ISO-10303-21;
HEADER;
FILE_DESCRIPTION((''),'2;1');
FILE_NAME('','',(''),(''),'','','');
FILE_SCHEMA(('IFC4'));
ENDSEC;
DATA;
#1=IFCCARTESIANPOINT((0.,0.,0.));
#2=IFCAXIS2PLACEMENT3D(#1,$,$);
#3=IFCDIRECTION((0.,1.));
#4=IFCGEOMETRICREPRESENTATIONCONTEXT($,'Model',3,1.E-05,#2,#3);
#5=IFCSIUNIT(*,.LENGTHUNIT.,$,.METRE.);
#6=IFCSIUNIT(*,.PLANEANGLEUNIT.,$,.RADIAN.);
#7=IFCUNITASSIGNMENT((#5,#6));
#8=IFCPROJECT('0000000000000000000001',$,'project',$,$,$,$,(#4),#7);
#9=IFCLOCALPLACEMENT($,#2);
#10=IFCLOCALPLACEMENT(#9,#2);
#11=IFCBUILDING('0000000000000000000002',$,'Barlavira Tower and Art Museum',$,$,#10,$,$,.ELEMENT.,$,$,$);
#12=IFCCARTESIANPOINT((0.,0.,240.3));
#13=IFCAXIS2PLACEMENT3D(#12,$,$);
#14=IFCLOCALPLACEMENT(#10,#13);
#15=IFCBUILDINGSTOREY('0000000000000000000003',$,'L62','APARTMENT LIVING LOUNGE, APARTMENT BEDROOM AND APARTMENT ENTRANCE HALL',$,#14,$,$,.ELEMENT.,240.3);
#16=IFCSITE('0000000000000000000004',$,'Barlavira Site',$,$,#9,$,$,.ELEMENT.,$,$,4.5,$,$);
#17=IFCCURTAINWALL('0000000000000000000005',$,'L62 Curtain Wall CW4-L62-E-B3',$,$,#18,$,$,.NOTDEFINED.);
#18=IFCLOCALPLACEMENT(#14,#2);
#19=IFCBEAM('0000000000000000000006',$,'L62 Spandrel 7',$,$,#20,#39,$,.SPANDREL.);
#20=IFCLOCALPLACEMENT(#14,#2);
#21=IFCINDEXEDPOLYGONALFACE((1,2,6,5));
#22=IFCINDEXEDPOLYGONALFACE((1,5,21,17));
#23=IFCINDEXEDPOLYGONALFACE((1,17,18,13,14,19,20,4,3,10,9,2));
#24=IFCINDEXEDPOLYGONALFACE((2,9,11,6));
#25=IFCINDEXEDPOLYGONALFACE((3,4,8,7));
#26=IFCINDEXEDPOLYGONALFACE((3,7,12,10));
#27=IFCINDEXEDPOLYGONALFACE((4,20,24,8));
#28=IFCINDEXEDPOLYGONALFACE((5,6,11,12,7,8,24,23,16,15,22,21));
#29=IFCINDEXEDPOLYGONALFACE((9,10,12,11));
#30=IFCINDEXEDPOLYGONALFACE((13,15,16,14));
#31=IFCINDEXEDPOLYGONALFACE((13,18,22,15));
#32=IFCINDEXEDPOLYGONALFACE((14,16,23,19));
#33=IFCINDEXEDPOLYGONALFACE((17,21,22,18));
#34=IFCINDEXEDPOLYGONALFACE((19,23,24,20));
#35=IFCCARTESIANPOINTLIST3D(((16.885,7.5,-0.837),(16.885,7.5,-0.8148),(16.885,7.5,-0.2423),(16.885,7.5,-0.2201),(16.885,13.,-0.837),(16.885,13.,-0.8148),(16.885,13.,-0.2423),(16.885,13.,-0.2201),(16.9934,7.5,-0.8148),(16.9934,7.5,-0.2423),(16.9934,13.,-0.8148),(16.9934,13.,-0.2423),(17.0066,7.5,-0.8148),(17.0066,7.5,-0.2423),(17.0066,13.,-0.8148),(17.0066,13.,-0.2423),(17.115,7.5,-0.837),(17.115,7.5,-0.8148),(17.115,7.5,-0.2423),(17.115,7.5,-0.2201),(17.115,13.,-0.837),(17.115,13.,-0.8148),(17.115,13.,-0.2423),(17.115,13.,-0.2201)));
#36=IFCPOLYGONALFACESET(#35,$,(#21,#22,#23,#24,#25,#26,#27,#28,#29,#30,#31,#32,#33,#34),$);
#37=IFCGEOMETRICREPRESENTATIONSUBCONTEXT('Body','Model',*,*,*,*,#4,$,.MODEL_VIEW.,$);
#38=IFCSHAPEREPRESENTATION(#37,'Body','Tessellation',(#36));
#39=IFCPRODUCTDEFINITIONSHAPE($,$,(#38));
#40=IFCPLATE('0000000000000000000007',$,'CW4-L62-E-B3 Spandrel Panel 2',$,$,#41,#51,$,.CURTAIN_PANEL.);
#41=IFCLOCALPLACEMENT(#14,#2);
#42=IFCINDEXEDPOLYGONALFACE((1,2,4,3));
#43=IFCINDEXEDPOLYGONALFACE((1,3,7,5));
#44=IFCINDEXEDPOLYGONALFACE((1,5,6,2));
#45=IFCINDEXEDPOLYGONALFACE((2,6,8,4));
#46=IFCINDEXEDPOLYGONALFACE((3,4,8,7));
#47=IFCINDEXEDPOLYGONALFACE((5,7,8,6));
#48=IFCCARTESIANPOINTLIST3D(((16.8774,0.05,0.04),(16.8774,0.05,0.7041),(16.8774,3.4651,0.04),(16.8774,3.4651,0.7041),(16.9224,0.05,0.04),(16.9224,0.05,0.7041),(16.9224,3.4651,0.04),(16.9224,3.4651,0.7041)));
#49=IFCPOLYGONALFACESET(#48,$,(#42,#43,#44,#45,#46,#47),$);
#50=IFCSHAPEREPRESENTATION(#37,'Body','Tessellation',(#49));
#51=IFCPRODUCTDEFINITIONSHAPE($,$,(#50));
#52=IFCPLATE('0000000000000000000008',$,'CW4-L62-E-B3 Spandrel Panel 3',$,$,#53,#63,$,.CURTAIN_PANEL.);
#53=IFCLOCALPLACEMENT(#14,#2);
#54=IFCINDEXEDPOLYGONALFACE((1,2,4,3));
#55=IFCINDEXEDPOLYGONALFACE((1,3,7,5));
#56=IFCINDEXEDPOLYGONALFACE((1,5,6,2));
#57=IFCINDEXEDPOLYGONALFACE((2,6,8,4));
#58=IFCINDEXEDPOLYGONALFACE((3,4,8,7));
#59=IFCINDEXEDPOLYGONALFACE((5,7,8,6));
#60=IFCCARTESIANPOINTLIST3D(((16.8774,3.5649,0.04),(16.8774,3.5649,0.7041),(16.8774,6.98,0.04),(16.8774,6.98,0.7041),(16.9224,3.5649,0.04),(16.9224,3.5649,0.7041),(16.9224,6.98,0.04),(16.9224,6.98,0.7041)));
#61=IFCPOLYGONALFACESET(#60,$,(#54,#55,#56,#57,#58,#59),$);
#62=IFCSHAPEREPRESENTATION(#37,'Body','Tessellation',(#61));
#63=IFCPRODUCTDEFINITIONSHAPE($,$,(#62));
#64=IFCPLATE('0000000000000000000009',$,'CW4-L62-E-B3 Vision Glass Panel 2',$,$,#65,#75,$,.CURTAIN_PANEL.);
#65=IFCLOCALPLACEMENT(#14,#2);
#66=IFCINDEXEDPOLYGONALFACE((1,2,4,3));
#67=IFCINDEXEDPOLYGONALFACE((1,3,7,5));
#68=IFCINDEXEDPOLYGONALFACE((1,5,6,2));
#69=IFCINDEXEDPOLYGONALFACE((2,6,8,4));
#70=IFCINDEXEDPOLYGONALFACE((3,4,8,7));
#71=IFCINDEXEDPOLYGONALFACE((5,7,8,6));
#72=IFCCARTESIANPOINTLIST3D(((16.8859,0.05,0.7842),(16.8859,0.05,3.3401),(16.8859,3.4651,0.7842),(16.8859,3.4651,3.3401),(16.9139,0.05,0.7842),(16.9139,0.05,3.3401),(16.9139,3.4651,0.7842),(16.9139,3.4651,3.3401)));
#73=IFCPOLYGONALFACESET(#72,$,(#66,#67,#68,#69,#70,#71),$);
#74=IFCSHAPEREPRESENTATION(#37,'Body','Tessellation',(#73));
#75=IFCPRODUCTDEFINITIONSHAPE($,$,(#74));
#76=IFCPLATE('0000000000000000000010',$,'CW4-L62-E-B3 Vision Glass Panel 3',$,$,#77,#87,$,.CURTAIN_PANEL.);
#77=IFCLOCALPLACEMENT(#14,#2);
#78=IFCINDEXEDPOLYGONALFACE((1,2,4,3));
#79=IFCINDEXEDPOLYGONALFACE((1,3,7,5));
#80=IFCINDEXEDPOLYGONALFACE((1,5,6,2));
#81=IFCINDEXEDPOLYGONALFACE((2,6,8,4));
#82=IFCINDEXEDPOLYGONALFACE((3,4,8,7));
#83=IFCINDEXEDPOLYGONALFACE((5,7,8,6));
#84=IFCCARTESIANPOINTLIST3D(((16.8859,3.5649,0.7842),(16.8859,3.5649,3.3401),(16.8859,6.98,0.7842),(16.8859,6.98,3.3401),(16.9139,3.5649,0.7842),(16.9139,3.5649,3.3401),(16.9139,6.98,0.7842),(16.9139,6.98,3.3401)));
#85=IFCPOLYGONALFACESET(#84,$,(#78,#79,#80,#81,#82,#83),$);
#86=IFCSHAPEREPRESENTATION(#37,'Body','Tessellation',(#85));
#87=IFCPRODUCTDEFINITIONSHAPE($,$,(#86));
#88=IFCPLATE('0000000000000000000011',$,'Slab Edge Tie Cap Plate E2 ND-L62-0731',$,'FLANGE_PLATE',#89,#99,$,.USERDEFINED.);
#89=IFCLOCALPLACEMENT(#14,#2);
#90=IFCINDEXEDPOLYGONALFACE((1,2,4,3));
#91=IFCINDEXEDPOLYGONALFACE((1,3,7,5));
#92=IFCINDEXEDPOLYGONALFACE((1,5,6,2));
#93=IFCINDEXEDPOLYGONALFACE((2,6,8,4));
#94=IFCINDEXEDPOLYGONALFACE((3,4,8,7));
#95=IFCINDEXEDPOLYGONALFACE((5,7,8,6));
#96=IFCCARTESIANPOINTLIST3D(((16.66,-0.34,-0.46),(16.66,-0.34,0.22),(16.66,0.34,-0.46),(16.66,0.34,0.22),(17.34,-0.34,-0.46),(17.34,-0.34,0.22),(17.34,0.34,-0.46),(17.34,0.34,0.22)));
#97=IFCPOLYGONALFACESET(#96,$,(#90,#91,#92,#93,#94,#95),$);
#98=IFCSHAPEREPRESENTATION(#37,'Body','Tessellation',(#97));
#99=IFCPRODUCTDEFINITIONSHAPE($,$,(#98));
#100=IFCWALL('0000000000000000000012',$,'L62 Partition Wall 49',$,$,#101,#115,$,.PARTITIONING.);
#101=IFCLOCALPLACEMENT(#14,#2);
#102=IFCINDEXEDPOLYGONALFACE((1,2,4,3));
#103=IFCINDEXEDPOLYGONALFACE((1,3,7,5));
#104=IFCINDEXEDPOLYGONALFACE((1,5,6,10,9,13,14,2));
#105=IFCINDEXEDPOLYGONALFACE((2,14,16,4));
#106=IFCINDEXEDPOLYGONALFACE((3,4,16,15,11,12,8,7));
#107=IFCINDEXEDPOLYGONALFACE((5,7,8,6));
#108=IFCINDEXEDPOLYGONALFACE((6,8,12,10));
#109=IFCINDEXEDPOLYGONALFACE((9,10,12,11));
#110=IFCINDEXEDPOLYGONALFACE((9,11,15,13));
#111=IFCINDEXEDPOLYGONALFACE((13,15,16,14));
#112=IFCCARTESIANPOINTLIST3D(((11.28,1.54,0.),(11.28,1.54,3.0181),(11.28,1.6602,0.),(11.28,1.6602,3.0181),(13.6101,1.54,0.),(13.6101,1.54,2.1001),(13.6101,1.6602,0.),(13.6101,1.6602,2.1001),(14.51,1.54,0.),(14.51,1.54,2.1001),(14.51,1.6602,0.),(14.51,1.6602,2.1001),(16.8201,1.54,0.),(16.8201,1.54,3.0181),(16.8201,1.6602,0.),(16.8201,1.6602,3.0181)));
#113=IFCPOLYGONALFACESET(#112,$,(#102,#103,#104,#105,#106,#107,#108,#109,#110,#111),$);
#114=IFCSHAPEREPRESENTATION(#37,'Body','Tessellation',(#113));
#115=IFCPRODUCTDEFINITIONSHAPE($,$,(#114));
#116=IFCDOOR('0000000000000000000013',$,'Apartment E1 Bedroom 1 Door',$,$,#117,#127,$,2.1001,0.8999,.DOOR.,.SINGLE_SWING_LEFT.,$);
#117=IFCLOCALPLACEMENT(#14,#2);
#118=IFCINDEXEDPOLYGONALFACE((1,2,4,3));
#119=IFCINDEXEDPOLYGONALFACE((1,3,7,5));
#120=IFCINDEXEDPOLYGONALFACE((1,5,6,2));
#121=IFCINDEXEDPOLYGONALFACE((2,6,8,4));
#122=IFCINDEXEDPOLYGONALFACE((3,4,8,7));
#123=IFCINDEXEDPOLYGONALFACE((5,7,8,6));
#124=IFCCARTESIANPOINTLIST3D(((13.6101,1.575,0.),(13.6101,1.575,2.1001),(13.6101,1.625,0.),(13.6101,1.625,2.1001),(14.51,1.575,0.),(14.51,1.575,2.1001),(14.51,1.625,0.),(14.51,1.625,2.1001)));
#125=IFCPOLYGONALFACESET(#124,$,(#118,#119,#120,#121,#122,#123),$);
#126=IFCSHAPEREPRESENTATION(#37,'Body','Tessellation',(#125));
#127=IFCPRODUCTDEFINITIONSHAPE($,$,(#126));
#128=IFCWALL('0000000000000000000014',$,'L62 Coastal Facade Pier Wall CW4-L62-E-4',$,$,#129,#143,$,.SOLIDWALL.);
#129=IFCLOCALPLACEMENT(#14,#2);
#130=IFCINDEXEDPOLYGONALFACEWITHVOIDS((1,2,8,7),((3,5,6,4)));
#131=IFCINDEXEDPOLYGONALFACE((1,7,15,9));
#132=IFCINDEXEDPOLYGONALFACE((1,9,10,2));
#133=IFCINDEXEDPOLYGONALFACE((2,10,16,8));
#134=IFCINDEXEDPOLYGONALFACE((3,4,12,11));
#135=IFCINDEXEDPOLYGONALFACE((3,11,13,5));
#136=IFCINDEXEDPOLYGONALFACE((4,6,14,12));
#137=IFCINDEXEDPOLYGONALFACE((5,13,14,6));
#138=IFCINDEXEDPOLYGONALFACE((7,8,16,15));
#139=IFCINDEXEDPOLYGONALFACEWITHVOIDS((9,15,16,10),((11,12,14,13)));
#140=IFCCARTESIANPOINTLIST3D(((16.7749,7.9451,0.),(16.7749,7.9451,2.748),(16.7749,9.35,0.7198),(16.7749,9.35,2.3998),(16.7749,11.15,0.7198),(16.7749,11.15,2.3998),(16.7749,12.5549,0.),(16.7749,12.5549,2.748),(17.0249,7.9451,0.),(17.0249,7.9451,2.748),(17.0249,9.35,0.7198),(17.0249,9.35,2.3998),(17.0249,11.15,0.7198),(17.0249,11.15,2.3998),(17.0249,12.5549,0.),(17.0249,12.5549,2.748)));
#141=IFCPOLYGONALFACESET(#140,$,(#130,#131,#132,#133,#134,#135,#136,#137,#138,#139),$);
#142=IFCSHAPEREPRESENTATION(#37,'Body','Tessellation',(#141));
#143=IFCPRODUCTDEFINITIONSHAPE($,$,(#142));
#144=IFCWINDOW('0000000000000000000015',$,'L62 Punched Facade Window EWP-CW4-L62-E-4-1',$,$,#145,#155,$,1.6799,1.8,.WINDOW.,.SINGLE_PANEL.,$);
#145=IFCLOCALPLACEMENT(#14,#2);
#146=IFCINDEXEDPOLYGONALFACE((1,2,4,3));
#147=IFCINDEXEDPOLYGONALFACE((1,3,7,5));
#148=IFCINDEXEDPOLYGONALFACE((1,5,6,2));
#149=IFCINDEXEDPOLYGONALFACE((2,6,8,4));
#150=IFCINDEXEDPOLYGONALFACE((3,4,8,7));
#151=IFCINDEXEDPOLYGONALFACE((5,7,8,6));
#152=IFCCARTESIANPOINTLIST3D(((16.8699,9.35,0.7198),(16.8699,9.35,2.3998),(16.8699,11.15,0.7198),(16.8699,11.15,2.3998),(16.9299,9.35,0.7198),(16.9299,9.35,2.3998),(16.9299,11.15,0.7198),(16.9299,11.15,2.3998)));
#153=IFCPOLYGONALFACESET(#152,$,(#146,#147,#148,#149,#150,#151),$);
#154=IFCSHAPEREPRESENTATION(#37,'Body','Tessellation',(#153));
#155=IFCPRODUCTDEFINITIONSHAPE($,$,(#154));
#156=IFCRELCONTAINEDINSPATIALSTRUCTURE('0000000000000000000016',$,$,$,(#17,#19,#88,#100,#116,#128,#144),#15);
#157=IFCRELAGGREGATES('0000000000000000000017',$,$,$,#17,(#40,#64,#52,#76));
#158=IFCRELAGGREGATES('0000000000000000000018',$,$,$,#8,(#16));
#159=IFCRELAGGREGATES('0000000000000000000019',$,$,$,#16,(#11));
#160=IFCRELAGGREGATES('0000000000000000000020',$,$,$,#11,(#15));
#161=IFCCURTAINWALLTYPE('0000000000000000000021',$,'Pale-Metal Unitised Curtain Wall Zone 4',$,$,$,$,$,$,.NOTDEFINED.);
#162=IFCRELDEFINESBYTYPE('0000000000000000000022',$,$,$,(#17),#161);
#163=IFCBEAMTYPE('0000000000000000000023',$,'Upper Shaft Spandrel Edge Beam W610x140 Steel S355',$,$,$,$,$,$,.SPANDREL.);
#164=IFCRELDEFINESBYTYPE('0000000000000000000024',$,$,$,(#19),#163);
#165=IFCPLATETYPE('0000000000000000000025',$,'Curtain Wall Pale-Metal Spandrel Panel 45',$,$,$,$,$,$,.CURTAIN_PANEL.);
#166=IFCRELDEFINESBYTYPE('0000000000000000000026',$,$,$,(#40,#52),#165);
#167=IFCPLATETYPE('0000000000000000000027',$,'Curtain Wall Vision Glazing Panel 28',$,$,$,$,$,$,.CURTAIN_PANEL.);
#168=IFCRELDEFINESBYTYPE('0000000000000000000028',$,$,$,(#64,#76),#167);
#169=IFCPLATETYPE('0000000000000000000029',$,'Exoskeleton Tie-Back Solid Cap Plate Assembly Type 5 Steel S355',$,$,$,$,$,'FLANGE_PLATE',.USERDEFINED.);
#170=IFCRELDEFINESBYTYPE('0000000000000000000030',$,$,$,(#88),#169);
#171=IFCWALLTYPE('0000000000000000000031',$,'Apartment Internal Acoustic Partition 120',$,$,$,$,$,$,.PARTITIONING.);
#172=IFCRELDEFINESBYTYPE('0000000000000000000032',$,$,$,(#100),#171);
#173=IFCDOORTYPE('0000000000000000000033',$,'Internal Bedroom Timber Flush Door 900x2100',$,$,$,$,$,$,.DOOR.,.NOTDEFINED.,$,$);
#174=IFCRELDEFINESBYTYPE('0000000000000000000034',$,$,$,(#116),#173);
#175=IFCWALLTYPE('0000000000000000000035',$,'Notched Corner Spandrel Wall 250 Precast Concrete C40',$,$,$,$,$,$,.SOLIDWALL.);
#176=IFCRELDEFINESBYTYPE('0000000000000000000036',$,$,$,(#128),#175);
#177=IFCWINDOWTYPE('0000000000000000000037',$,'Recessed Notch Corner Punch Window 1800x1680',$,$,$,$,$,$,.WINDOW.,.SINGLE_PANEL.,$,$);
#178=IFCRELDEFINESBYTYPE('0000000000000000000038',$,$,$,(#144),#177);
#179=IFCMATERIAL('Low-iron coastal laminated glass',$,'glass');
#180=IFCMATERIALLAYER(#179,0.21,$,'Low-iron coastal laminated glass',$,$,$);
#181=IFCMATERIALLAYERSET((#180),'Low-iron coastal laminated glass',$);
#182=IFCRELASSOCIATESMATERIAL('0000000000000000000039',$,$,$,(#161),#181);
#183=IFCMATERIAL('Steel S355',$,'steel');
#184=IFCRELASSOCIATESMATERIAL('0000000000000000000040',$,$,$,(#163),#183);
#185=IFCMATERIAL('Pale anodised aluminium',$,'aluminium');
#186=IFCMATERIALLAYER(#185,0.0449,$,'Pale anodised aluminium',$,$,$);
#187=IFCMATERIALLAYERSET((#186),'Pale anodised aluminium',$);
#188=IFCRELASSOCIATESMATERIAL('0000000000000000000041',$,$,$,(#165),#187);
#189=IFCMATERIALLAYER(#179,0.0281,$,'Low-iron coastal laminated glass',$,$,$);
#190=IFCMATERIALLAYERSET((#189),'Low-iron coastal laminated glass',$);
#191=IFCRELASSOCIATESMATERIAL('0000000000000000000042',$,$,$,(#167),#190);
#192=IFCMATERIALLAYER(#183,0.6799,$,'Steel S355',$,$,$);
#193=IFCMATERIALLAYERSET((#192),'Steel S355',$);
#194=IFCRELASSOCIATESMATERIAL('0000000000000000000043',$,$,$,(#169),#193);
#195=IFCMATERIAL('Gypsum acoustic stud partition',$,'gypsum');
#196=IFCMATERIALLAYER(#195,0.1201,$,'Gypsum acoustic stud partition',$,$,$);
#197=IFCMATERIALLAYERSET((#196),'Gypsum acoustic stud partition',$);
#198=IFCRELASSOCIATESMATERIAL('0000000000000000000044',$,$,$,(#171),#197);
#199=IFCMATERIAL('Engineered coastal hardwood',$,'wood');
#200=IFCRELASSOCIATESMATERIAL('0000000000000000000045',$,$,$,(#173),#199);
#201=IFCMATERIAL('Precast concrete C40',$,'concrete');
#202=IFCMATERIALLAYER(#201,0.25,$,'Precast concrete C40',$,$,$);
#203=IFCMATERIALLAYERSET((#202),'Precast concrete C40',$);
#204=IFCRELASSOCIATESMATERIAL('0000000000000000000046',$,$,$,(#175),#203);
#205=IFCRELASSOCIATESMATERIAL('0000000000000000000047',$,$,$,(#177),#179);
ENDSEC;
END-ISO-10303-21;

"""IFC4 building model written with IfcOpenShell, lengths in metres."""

from ifc_helpers import new_model, si_unit, direction, frame, frame_2d, origin, origin_2d, place, context, subcontext, project, spatial, rectangle, i_section, extrude, material, layer, layer_set, material_profile, profile_set, type_object, element, fill, aggregate, save


model = new_model("IFC4")

# Units and contexts
model_context = context("Model", 3, precision=1e-05, world=origin(), true_north=direction((0.0, 1.0)))
body_context = subcontext(model_context, "Body", "Model", "MODEL_VIEW")
ifc_project = project(units=[si_unit("LENGTHUNIT", "METRE"), si_unit("PLANEANGLEUNIT", "RADIAN")], contexts=[model_context])

# Site, building, storey
site_placement = place(None, origin())
site = spatial("IfcSite", under=ifc_project, at=site_placement, Name="Barlavira Site", CompositionType="ELEMENT", RefElevation=4.5)
building_placement = place(site_placement, origin())
building = spatial("IfcBuilding", under=site, at=building_placement, Name="Barlavira Tower and Art Museum", CompositionType="ELEMENT")
storey_placement = place(building_placement, frame((0.0, 0.0, 240.3)))
storey = spatial("IfcBuildingStorey", under=building, at=storey_placement, Name="L62", Description="APARTMENT LIVING LOUNGE, APARTMENT BEDROOM AND APARTMENT ENTRANCE HALL", CompositionType="ELEMENT", Elevation=240.3)

# Curtain wall
ifc_material_1 = material(Name="Low-iron coastal laminated glass", Category="glass")
ifc_layer_1 = layer(ifc_material_1, 0.21, Name="Low-iron coastal laminated glass")
ifc_layer_set_1 = layer_set([ifc_layer_1], Name="Low-iron coastal laminated glass")
curtain_wall_type = type_object("IfcCurtainWallType", Name="Pale-Metal Unitised Curtain Wall Zone 4", PredefinedType="NOTDEFINED", material=ifc_layer_set_1)
curtain_wall_placement = place(storey_placement, origin())
curtain_wall = element("IfcCurtainWall", 1, at=curtain_wall_placement, inside=storey, type_object=curtain_wall_type, Name="L62 Curtain Wall CW4-L62-E-B3", PredefinedType="NOTDEFINED")
ifc_material_2 = material(Name="Pale anodised aluminium", Category="aluminium")

# Shared definitions
ifc_material_3 = material(Name="Steel S355", Category="steel")

# Beam
ifc_material_profile_1 = material_profile(ifc_material_3, i_section(OverallWidth=0.23, OverallDepth=0.6169, WebThickness=0.0132, FlangeThickness=0.0222, at=origin_2d()), Name="W610x140.0")
ifc_profile_set_1 = profile_set([ifc_material_profile_1], Name="Steel S355")
beam_type = type_object("IfcBeamType", Name="Upper Shaft Spandrel Edge Beam W610x140 Steel S355", PredefinedType="SPANDREL", material=ifc_profile_set_1)
beam_placement = place(storey_placement, frame((17.0, 7.5, -0.5286), z_axis=(0.0, 1.0, 0.0), x_axis=(-1.0, 0.0, 0.0)))
element("IfcBeam", 2, at=beam_placement, inside=storey, type_object=beam_type, Name="L62 Spandrel 7", PredefinedType="SPANDREL", context=body_context, shape_type="SweptSolid", body=[
    extrude(i_section(OverallWidth=0.23, OverallDepth=0.6169, WebThickness=0.0132, FlangeThickness=0.0222, at=origin_2d()), origin(), (0.0, 0.0, 1.0), 5.5),
])

# Plates
ifc_layer_2 = layer(ifc_material_2, 0.0449, Name="Pale anodised aluminium")
ifc_layer_set_2 = layer_set([ifc_layer_2], Name="Pale anodised aluminium")
plate_type_1 = type_object("IfcPlateType", Name="Curtain Wall Pale-Metal Spandrel Panel 45", PredefinedType="CURTAIN_PANEL", material=ifc_layer_set_2)
plate_1_placement = place(storey_placement, frame((16.8999, 1.7576, 0.04), z_axis=(0.0, 0.0, 1.0), x_axis=(0.0, 1.0, 0.0)))
plate_1 = element("IfcPlate", 3, at=plate_1_placement, type_object=plate_type_1, Name="CW4-L62-E-B3 Spandrel Panel 2", PredefinedType="CURTAIN_PANEL", context=body_context, shape_type="SweptSolid", body=[
    extrude(rectangle(XDim=3.415, YDim=0.0449, at=origin_2d()), origin(), (0.0, 0.0, 1.0), 0.6641),
])
plate_2_placement = place(storey_placement, frame((16.8999, 5.2725, 0.04), z_axis=(0.0, 0.0, 1.0), x_axis=(0.0, 1.0, 0.0)))
plate_2 = element("IfcPlate", 4, at=plate_2_placement, type_object=plate_type_1, Name="CW4-L62-E-B3 Spandrel Panel 3", PredefinedType="CURTAIN_PANEL", context=body_context, shape_type="SweptSolid", body=[
    extrude(rectangle(XDim=3.415, YDim=0.0449, at=origin_2d()), origin(), (0.0, 0.0, 1.0), 0.6641),
])
ifc_layer_3 = layer(ifc_material_1, 0.0281, Name="Low-iron coastal laminated glass")
ifc_layer_set_3 = layer_set([ifc_layer_3], Name="Low-iron coastal laminated glass")
plate_type_2 = type_object("IfcPlateType", Name="Curtain Wall Vision Glazing Panel 28", PredefinedType="CURTAIN_PANEL", material=ifc_layer_set_3)
plate_3_placement = place(storey_placement, frame((16.8999, 1.7576, 0.7842), z_axis=(0.0, 0.0, 1.0), x_axis=(0.0, 1.0, 0.0)))
plate_3 = element("IfcPlate", 5, at=plate_3_placement, type_object=plate_type_2, Name="CW4-L62-E-B3 Vision Glass Panel 2", PredefinedType="CURTAIN_PANEL", context=body_context, shape_type="SweptSolid", body=[
    extrude(rectangle(XDim=3.415, YDim=0.0281, at=origin_2d()), origin(), (0.0, 0.0, 1.0), 2.5559),
])
plate_4_placement = place(storey_placement, frame((16.8999, 5.2725, 0.7842), z_axis=(0.0, 0.0, 1.0), x_axis=(0.0, 1.0, 0.0)))
plate_4 = element("IfcPlate", 6, at=plate_4_placement, type_object=plate_type_2, Name="CW4-L62-E-B3 Vision Glass Panel 3", PredefinedType="CURTAIN_PANEL", context=body_context, shape_type="SweptSolid", body=[
    extrude(rectangle(XDim=3.415, YDim=0.0281, at=origin_2d()), origin(), (0.0, 0.0, 1.0), 2.5559),
])
aggregate(curtain_wall, [plate_1, plate_3, plate_2, plate_4])
ifc_layer_4 = layer(ifc_material_3, 0.6799, Name="Steel S355")
ifc_layer_set_4 = layer_set([ifc_layer_4], Name="Steel S355")
plate_type_3 = type_object("IfcPlateType", Name="Exoskeleton Tie-Back Solid Cap Plate Assembly Type 5 Steel S355", ElementType="FLANGE_PLATE", PredefinedType="USERDEFINED", material=ifc_layer_set_4)
plate_5_placement = place(storey_placement, frame((17.0, 0.0, -0.46), z_axis=(0.0, 0.0, 1.0), x_axis=(1.0, 0.0, 0.0)))
element("IfcPlate", 7, at=plate_5_placement, inside=storey, type_object=plate_type_3, Name="Slab Edge Tie Cap Plate E2 ND-L62-0731", ObjectType="FLANGE_PLATE", PredefinedType="USERDEFINED", context=body_context, shape_type="SweptSolid", body=[
    extrude(rectangle(XDim=0.6799, YDim=0.6799, at=origin_2d()), origin(), (0.0, 0.0, 1.0), 0.6799),
])

# Wall, opening, door
ifc_material_4 = material(Name="Gypsum acoustic stud partition", Category="gypsum")
ifc_layer_5 = layer(ifc_material_4, 0.1201, Name="Gypsum acoustic stud partition")
ifc_layer_set_5 = layer_set([ifc_layer_5], Name="Gypsum acoustic stud partition")
wall_type_1 = type_object("IfcWallType", Name="Apartment Internal Acoustic Partition 120", PredefinedType="PARTITIONING", material=ifc_layer_set_5)
wall_1_placement = place(storey_placement, frame((11.28, 1.6001, 0.0), z_axis=(0.0, 0.0, 1.0), x_axis=(1.0, 0.0, 0.0)))
wall_1 = element("IfcWall", 8, at=wall_1_placement, inside=storey, type_object=wall_type_1, Name="L62 Partition Wall 49", PredefinedType="PARTITIONING", context=body_context, shape_type="SweptSolid", body=[
    extrude(rectangle(XDim=5.54, YDim=0.1201, at=frame_2d((2.77, 0.0))), origin(), (0.0, 0.0, 1.0), 3.0181),
])
opening_1_placement = place(wall_1_placement, frame((2.3301, 0.0, 0.0)))
opening_1 = element("IfcOpeningElement", 9, at=opening_1_placement, cuts=wall_1, PredefinedType="OPENING", context=body_context, shape_type="SweptSolid", body=[
    extrude(rectangle(XDim=0.8999, YDim=2.1001, at=frame_2d((0.45, 1.05))), frame((0.0, 0.0701, 0.0), z_axis=(0.0, -1.0, 0.0), x_axis=(1.0, 0.0, 0.0)), (0.0, 0.0, 1.0), 0.1401),
])
ifc_material_5 = material(Name="Engineered coastal hardwood", Category="wood")
door_type = type_object("IfcDoorType", Name="Internal Bedroom Timber Flush Door 900x2100", OperationType="NOTDEFINED", PredefinedType="DOOR", material=ifc_material_5)
door_placement = place(opening_1_placement, origin())
door = element("IfcDoor", 10, at=door_placement, inside=storey, type_object=door_type, Name="Apartment E1 Bedroom 1 Door", OperationType="SINGLE_SWING_LEFT", OverallHeight=2.1001, OverallWidth=0.8999, PredefinedType="DOOR", context=body_context, shape_type="SweptSolid", body=[
    extrude(rectangle(XDim=0.8999, YDim=2.1001, at=frame_2d((0.45, 1.05))), frame((0.0, 0.0249, 0.0), z_axis=(0.0, -1.0, 0.0), x_axis=(1.0, 0.0, 0.0)), (0.0, 0.0, 1.0), 0.05),
])
fill(opening_1, door)

# Wall, opening, window
ifc_material_6 = material(Name="Precast concrete C40", Category="concrete")
ifc_layer_6 = layer(ifc_material_6, 0.25, Name="Precast concrete C40")
ifc_layer_set_6 = layer_set([ifc_layer_6], Name="Precast concrete C40")
wall_type_2 = type_object("IfcWallType", Name="Notched Corner Spandrel Wall 250 Precast Concrete C40", PredefinedType="SOLIDWALL", material=ifc_layer_set_6)
wall_2_placement = place(storey_placement, frame((16.8999, 7.9451, 0.0), z_axis=(0.0, 0.0, 1.0), x_axis=(0.0, 1.0, 0.0)))
wall_2 = element("IfcWall", 11, at=wall_2_placement, inside=storey, type_object=wall_type_2, Name="L62 Coastal Facade Pier Wall CW4-L62-E-4", PredefinedType="SOLIDWALL", context=body_context, shape_type="SweptSolid", body=[
    extrude(rectangle(XDim=4.6099, YDim=0.25, at=frame_2d((2.3049, 0.0))), origin(), (0.0, 0.0, 1.0), 2.748),
])
opening_2_placement = place(wall_2_placement, frame((1.405, 0.0, 0.72)))
opening_2 = element("IfcOpeningElement", 12, at=opening_2_placement, cuts=wall_2, PredefinedType="OPENING", context=body_context, shape_type="SweptSolid", body=[
    extrude(rectangle(XDim=1.8, YDim=1.6799, at=frame_2d((0.8999, 0.8398))), frame((0.0, 0.135, 0.0), z_axis=(0.0, -1.0, 0.0), x_axis=(1.0, 0.0, 0.0)), (0.0, 0.0, 1.0), 0.27),
])
window_type = type_object("IfcWindowType", Name="Recessed Notch Corner Punch Window 1800x1680", PartitioningType="SINGLE_PANEL", PredefinedType="WINDOW", material=ifc_material_1)
window_placement = place(opening_2_placement, origin())
window = element("IfcWindow", 13, at=window_placement, inside=storey, type_object=window_type, Name="L62 Punched Facade Window EWP-CW4-L62-E-4-1", OverallHeight=1.6799, OverallWidth=1.8, PartitioningType="SINGLE_PANEL", PredefinedType="WINDOW", context=body_context, shape_type="SweptSolid", body=[
    extrude(rectangle(XDim=1.8, YDim=1.6799, at=frame_2d((0.8999, 0.8398))), frame((0.0, 0.03, 0.0), z_axis=(0.0, -1.0, 0.0), x_axis=(1.0, 0.0, 0.0)), (0.0, 0.0, 1.0), 0.0601),
])
fill(opening_2, window)

save(model, "model.ifc")
